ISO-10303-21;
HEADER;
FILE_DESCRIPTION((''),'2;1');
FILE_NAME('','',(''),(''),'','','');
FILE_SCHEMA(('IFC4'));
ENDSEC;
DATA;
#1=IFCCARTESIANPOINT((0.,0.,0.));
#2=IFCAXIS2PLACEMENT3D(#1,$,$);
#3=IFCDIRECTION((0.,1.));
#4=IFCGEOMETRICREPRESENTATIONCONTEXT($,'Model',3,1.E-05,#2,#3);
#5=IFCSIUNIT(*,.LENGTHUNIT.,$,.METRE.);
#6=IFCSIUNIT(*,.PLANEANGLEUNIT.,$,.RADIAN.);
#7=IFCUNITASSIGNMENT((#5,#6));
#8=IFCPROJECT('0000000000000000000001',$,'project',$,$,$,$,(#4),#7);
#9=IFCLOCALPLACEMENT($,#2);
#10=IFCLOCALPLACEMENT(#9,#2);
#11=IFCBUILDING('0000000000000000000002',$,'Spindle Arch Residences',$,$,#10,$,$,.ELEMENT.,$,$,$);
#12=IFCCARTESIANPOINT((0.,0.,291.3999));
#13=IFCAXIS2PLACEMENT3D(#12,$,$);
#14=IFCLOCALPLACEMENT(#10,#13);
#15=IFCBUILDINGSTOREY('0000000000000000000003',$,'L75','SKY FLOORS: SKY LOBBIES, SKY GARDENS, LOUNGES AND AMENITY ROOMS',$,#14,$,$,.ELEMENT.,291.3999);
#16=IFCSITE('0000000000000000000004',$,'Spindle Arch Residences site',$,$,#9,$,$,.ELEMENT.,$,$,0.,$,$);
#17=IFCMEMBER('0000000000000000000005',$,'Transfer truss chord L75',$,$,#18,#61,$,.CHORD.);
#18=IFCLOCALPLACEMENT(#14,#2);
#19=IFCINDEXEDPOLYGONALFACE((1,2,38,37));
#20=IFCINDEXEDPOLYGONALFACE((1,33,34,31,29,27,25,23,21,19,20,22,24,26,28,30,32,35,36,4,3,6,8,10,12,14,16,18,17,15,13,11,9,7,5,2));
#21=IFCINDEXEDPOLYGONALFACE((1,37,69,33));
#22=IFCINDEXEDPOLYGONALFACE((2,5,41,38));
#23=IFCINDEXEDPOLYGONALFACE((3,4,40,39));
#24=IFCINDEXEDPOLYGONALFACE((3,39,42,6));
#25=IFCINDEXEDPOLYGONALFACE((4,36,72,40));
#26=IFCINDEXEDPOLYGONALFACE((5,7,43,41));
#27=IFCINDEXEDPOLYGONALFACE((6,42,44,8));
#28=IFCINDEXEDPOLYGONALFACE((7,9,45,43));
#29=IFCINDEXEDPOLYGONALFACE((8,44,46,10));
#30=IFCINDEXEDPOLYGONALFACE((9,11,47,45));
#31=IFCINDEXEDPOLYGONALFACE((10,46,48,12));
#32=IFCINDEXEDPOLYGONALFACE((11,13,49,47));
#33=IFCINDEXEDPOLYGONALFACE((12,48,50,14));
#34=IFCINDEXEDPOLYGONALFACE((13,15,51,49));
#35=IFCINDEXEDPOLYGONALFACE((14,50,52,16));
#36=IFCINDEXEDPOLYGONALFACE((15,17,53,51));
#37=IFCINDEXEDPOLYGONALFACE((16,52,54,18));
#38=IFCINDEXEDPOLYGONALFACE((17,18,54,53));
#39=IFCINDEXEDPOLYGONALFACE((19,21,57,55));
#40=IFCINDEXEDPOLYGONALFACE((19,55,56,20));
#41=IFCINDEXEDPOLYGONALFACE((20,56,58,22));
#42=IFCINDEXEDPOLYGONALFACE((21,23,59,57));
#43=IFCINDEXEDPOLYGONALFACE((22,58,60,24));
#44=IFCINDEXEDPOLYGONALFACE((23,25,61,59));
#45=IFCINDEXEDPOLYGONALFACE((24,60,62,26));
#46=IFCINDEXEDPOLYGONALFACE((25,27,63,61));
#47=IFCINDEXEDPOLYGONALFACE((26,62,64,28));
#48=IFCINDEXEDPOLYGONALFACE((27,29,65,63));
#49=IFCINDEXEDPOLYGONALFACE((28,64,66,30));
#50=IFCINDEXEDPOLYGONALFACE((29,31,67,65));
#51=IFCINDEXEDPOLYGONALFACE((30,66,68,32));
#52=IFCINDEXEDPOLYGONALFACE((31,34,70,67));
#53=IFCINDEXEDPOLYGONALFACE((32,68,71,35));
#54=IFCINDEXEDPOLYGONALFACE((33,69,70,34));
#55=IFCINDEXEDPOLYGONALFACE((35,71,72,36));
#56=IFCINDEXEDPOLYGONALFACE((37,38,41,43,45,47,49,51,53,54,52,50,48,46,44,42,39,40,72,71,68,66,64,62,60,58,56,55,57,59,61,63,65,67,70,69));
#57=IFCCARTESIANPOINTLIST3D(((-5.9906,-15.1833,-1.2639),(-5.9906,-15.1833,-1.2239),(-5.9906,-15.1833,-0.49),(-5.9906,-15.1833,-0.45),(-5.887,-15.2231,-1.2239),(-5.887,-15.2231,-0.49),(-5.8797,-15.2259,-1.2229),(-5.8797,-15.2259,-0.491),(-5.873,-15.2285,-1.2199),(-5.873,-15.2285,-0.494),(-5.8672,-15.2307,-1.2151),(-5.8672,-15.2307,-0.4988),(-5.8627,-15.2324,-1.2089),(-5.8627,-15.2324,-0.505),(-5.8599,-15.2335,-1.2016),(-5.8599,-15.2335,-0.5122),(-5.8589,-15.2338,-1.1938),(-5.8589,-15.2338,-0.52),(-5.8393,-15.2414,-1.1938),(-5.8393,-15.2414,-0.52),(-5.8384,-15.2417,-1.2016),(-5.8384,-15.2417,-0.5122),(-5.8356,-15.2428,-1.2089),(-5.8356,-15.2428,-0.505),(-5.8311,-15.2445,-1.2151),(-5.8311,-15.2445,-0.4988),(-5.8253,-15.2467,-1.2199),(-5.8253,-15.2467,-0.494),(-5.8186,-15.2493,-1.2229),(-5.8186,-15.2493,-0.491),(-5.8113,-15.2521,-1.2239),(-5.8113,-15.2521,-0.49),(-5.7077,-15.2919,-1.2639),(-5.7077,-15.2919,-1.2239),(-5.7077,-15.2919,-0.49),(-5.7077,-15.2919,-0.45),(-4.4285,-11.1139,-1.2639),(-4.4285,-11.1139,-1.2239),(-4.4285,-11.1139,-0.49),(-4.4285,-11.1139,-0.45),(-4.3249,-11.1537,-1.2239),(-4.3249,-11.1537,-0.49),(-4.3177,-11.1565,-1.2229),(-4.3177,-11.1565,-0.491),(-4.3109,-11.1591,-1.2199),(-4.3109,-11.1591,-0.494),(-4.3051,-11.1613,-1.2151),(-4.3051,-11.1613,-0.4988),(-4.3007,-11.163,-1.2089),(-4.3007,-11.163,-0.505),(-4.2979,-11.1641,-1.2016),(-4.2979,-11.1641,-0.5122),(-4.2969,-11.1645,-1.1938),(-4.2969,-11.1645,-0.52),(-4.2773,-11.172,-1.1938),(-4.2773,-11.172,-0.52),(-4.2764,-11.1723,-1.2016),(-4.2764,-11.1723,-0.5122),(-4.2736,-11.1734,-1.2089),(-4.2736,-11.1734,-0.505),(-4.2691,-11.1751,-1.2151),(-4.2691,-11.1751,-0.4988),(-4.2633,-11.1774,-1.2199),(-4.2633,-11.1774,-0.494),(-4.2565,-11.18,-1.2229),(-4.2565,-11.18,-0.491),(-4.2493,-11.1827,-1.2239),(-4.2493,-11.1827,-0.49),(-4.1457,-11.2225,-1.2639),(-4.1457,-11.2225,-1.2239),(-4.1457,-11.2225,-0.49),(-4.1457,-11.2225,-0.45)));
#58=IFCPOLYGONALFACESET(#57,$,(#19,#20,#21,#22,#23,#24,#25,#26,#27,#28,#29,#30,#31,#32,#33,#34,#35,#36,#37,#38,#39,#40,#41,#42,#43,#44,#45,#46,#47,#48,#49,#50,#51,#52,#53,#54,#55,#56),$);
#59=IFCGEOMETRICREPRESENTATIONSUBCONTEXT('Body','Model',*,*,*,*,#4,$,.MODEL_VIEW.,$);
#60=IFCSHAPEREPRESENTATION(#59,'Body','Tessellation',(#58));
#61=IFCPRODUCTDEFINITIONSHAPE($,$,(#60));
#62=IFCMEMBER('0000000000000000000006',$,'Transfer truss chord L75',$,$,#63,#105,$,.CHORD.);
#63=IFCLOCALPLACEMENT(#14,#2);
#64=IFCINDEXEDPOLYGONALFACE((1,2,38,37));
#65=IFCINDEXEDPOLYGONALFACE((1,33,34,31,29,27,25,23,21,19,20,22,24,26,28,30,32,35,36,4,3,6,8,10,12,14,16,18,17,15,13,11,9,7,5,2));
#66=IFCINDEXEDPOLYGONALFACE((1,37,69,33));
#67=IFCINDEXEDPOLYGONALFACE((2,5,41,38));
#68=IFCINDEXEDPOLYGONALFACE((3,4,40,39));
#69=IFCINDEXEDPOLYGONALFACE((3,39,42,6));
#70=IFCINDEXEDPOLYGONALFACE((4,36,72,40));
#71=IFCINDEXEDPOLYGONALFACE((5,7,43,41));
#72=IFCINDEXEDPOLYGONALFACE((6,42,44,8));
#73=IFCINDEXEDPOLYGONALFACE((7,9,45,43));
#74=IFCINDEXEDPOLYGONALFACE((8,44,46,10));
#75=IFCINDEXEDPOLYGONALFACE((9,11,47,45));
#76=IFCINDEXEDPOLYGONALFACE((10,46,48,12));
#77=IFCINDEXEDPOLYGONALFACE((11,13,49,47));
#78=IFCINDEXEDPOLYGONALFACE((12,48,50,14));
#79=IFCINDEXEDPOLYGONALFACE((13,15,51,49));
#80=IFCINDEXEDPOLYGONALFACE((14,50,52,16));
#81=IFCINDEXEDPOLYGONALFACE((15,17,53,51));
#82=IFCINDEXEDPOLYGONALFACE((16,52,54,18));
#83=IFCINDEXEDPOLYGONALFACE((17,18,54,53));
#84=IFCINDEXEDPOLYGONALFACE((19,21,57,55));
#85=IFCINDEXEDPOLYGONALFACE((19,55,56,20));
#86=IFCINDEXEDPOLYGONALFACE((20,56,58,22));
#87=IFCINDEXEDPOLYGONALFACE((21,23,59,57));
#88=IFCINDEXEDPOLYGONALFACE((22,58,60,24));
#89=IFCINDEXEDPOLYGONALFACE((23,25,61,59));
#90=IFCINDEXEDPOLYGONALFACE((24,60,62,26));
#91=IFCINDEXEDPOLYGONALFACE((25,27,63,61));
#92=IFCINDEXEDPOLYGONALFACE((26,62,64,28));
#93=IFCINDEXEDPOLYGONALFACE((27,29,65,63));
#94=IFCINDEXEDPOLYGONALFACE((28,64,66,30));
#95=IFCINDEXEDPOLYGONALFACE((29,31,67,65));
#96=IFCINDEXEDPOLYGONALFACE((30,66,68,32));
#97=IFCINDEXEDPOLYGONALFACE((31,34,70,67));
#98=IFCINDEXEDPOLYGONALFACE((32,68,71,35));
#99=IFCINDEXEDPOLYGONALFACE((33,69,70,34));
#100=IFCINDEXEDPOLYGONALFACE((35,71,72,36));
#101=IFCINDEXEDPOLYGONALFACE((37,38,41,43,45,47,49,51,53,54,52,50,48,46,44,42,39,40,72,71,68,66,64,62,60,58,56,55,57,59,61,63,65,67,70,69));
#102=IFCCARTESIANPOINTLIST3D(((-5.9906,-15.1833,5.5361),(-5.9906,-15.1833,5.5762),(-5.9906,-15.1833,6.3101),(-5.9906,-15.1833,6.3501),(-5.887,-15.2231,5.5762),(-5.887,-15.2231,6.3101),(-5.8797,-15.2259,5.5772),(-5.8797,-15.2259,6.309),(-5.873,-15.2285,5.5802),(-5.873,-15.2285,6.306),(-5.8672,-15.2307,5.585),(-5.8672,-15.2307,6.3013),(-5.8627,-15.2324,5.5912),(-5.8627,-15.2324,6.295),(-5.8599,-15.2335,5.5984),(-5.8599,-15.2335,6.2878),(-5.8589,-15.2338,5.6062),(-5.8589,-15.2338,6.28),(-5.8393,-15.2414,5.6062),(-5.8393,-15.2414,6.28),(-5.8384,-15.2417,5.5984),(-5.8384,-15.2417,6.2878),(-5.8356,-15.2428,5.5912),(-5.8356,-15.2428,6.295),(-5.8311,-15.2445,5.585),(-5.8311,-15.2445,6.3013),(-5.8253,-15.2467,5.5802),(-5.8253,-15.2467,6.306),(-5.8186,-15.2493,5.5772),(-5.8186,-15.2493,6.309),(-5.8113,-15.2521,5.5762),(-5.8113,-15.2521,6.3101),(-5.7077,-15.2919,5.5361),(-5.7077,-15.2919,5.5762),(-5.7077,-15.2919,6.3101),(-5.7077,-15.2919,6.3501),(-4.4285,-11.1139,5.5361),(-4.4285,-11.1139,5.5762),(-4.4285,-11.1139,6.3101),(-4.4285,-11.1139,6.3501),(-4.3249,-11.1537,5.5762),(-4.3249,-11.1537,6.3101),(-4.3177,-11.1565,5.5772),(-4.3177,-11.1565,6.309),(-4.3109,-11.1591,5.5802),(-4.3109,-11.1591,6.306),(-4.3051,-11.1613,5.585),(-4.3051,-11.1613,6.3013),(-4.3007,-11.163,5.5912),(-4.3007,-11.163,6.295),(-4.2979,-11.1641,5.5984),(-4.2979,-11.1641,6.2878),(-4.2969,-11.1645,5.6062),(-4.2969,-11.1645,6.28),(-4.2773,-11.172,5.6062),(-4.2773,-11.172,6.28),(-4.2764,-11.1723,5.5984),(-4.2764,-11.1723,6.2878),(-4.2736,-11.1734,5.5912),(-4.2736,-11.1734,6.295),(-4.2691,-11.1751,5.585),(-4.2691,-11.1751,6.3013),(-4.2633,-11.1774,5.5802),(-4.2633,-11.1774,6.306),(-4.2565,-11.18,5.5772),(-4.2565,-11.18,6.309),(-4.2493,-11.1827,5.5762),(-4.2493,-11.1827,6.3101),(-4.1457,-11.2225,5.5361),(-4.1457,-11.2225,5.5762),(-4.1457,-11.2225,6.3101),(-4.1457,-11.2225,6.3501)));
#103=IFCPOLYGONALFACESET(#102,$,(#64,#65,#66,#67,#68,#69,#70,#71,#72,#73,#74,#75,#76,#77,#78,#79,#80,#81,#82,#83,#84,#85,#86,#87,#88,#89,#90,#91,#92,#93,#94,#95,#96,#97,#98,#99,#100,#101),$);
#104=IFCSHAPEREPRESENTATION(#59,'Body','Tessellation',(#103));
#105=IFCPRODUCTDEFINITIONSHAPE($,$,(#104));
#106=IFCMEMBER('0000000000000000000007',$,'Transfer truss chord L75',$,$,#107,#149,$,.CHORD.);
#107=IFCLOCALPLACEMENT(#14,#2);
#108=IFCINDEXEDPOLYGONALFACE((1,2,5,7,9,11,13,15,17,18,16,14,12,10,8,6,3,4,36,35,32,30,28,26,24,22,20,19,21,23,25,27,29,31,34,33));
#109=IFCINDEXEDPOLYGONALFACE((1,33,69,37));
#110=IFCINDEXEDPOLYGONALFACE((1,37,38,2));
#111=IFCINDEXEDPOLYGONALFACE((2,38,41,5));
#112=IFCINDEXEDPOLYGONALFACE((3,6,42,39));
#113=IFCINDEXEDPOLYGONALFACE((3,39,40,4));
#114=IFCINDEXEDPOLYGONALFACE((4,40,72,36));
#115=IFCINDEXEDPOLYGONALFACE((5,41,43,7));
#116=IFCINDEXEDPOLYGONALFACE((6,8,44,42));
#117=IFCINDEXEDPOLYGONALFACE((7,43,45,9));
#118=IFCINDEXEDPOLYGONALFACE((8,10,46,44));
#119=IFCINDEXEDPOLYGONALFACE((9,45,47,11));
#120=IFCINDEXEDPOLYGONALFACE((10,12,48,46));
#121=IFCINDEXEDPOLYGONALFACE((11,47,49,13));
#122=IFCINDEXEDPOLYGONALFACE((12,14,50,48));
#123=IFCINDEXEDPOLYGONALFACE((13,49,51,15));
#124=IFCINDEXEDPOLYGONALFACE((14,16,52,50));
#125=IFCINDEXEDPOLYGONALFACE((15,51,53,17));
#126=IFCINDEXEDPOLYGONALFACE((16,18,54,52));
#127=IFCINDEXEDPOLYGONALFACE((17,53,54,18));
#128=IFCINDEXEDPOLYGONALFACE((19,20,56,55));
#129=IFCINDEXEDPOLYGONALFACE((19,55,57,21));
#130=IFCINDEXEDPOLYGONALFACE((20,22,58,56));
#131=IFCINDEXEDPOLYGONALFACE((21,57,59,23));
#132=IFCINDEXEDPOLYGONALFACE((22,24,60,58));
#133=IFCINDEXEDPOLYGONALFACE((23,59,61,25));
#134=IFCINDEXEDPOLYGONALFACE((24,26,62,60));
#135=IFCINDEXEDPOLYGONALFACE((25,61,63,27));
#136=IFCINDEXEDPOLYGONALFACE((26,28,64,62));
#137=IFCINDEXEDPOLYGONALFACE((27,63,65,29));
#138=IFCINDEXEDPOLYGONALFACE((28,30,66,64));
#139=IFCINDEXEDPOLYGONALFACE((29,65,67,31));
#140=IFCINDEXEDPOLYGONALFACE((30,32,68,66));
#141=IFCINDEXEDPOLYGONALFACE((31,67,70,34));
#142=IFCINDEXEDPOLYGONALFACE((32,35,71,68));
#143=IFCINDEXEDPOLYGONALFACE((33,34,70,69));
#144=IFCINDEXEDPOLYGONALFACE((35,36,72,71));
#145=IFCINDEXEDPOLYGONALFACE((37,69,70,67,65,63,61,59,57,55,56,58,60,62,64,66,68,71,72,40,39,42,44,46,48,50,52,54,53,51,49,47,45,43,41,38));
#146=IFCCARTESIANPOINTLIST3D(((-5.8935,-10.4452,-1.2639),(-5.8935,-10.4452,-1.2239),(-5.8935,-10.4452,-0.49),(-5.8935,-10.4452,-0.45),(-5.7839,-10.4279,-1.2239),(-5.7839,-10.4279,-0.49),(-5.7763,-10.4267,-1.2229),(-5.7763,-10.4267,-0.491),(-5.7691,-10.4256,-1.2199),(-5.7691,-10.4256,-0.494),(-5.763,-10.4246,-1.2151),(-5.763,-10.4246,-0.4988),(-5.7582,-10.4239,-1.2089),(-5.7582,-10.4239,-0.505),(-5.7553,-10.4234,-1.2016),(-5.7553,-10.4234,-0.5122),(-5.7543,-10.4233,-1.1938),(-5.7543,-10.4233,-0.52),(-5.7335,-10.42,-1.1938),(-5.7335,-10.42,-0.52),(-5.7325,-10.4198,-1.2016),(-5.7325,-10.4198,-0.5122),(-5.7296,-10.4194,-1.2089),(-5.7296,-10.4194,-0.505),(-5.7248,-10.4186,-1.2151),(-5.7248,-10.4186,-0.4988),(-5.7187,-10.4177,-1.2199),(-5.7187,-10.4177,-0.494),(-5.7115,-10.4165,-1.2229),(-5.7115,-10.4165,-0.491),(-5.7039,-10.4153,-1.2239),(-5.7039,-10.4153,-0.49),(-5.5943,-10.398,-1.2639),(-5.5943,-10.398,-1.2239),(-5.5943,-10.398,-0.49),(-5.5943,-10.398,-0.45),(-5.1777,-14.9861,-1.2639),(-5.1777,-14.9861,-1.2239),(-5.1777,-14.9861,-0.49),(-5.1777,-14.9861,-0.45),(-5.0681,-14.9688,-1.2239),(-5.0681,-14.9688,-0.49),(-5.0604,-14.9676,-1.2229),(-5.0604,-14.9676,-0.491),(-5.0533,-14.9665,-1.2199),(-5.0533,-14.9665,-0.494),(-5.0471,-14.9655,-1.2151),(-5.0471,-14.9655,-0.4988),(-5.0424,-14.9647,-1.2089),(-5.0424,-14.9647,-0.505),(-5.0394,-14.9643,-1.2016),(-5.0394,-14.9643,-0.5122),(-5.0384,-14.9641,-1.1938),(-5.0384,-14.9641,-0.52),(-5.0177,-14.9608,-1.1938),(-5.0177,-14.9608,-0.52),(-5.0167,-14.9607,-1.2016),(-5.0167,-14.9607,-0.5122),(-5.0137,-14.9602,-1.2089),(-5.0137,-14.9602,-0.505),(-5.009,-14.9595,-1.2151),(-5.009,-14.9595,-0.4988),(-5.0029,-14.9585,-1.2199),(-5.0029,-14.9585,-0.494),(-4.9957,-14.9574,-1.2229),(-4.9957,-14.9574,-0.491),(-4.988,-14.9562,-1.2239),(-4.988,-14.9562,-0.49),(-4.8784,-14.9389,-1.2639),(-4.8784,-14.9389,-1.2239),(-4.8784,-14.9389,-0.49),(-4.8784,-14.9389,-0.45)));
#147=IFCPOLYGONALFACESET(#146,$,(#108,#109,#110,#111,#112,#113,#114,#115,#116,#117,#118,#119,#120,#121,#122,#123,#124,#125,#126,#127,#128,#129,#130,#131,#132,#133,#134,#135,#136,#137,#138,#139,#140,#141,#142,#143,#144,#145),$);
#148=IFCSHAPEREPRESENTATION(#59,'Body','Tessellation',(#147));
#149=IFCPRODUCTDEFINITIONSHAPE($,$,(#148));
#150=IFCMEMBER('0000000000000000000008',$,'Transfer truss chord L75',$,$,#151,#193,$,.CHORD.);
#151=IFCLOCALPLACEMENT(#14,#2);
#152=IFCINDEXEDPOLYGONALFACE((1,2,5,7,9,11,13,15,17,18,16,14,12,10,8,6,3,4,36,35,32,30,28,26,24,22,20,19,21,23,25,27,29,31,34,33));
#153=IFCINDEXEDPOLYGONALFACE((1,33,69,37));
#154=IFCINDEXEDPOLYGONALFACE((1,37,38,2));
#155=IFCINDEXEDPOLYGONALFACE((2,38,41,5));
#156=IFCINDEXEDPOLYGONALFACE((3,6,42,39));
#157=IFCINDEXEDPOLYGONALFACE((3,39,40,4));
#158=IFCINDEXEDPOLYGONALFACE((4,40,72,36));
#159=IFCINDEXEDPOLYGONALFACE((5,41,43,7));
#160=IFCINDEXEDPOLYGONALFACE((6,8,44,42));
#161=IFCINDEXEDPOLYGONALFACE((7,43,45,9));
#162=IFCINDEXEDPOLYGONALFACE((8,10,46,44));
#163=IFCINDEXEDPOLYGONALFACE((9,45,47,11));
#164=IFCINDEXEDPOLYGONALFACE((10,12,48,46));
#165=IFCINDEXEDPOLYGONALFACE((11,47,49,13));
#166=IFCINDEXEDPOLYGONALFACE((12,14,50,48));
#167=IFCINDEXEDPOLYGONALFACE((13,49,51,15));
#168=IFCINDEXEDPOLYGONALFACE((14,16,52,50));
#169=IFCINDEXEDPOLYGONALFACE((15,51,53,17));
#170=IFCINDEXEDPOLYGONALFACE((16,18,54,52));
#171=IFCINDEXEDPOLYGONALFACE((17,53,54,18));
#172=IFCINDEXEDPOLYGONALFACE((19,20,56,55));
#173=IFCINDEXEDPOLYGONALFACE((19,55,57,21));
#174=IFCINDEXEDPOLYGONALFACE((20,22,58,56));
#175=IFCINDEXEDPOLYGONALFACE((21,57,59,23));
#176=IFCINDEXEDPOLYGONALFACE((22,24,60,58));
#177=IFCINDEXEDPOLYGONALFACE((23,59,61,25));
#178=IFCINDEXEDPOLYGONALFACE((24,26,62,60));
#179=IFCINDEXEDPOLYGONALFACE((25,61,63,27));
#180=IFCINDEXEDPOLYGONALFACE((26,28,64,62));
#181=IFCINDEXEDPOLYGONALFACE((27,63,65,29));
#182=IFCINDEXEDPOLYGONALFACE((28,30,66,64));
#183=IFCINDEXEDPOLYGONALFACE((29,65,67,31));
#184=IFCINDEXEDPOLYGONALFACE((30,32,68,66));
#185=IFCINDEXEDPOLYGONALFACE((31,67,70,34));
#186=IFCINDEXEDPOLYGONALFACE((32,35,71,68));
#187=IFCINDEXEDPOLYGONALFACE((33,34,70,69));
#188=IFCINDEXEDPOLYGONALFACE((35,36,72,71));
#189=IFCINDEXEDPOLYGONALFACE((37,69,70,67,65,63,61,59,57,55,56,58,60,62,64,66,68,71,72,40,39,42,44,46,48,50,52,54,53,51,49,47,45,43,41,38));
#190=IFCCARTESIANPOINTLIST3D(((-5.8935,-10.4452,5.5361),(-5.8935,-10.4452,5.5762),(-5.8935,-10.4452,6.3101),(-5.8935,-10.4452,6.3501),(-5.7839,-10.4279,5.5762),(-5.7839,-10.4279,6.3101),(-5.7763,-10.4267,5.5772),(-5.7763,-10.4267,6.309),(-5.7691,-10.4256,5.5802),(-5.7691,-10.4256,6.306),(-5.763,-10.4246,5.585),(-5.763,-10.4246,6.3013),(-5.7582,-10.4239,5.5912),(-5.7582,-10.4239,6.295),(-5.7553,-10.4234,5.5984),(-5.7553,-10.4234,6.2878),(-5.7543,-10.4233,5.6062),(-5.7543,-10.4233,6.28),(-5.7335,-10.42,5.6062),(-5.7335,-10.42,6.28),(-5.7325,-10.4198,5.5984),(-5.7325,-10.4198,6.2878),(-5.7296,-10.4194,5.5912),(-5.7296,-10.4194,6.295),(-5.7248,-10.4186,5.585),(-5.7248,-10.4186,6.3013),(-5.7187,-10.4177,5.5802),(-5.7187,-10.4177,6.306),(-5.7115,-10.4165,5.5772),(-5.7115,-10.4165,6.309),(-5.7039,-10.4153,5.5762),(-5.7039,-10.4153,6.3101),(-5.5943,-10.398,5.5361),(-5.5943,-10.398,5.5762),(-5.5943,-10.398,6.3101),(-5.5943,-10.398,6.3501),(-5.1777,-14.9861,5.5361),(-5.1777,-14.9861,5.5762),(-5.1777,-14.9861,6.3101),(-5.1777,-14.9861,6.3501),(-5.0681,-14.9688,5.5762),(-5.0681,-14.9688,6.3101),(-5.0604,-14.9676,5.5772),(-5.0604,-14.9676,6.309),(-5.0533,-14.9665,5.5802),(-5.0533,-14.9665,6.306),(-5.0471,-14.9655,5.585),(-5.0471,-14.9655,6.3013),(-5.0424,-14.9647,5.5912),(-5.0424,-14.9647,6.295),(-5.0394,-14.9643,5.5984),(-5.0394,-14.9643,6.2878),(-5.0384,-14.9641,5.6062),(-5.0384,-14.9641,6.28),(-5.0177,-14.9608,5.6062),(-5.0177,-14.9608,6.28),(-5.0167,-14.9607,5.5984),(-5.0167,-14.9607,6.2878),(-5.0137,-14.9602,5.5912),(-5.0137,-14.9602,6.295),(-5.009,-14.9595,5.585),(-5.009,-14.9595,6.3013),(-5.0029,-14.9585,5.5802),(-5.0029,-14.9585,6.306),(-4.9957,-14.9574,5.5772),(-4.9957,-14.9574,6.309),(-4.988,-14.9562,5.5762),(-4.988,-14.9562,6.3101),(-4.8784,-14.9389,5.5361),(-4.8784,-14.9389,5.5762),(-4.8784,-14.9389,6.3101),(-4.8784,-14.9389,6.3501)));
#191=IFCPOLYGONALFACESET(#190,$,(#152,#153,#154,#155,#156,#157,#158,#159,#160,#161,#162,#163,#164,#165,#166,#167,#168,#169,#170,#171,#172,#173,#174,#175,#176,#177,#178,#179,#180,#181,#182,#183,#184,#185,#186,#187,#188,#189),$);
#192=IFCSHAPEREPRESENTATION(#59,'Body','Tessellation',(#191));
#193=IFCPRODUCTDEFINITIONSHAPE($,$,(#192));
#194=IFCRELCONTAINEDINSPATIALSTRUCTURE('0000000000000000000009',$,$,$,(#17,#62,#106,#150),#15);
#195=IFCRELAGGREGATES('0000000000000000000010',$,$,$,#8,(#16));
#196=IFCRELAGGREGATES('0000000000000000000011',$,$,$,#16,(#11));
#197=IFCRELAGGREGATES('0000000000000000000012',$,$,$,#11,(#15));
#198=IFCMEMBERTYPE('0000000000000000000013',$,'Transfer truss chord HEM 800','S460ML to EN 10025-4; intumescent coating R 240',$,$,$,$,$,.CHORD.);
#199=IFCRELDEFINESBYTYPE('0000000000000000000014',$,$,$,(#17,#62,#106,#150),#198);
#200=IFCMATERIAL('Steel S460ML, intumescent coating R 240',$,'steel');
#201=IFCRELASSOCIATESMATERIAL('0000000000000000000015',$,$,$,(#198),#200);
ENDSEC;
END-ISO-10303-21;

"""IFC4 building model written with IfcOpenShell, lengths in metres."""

from ifc_helpers import new_model, si_unit, direction, frame, origin, origin_2d, place, context, subcontext, project, spatial, i_section, extrude, material, material_profile, profile_set, type_object, element, save


model = new_model("IFC4")

# Units and contexts
model_context = context("Model", 3, precision=1e-05, world=origin(), true_north=direction((0.0, 1.0)))
body_context = subcontext(model_context, "Body", "Model", "MODEL_VIEW")
ifc_project = project(units=[si_unit("LENGTHUNIT", "METRE"), si_unit("PLANEANGLEUNIT", "RADIAN")], contexts=[model_context])

# Site, building, storey
site_placement = place(None, origin())
site = spatial("IfcSite", under=ifc_project, at=site_placement, Name="Spindle Arch Residences site", CompositionType="ELEMENT", RefElevation=0.0)
building_placement = place(site_placement, origin())
building = spatial("IfcBuilding", under=site, at=building_placement, Name="Spindle Arch Residences", CompositionType="ELEMENT")
storey_placement = place(building_placement, frame((0.0, 0.0, 291.3999)))
storey = spatial("IfcBuildingStorey", under=building, at=storey_placement, Name="L75", Description="SKY FLOORS: SKY LOBBIES, SKY GARDENS, LOUNGES AND AMENITY ROOMS", CompositionType="ELEMENT", Elevation=291.3999)

# Members
ifc_material_1 = material(Name="Steel S460ML, intumescent coating R 240", Category="steel")
ifc_material_profile_1 = material_profile(ifc_material_1, i_section(OverallWidth=0.303, OverallDepth=0.814, WebThickness=0.021, FlangeThickness=0.04, FilletRadius=0.03, at=origin_2d()), Name="HEM 800")
ifc_profile_set_1 = profile_set([ifc_material_profile_1], Name="Steel S460ML, intumescent coating R 240")
member_type_1 = type_object("IfcMemberType", Name="Transfer truss chord HEM 800", Description="S460ML to EN 10025-4; intumescent coating R 240", PredefinedType="CHORD", material=ifc_profile_set_1)
for number, where, z_axis, x_axis, name in (
    (1, (-4.2871, -11.1682, -0.8569), (-0.358356, -0.933585, 0.0), (0.933585, -0.358356, 0.0), "Transfer truss chord L75"),
    (2, (-4.2871, -11.1682, 5.9431), (-0.358356, -0.933585, 0.0), (0.933585, -0.358356, 0.0), "Transfer truss chord L75"),
):
    element("IfcMember", number, at=place(storey_placement, frame(where, z_axis=z_axis, x_axis=x_axis)), inside=storey, type_object=member_type_1, Name=name, PredefinedType="CHORD", context=body_context, shape_type="SweptSolid", body=[
        extrude(i_section(OverallWidth=0.303, OverallDepth=0.814, WebThickness=0.021, FlangeThickness=0.04, FilletRadius=0.03, at=origin_2d()), origin(), (0.0, 0.0, 1.0), 4.3589),
    ])
for number, where, z_axis, x_axis, name in (
    (3, (-5.7439, -10.4216, -0.8569), (0.15572, -0.987801, 0.0), (0.987801, 0.15572, 0.0), "Transfer truss chord L75"),
    (4, (-5.7439, -10.4216, 5.9431), (0.15572, -0.987801, 0.0), (0.987801, 0.15572, 0.0), "Transfer truss chord L75"),
):
    element("IfcMember", number, at=place(storey_placement, frame(where, z_axis=z_axis, x_axis=x_axis)), inside=storey, type_object=member_type_1, Name=name, PredefinedType="CHORD", context=body_context, shape_type="SweptSolid", body=[
        extrude(i_section(OverallWidth=0.303, OverallDepth=0.814, WebThickness=0.021, FlangeThickness=0.04, FilletRadius=0.03, at=origin_2d()), origin(), (0.0, 0.0, 1.0), 4.5969),
    ])

save(model, "model.ifc")
